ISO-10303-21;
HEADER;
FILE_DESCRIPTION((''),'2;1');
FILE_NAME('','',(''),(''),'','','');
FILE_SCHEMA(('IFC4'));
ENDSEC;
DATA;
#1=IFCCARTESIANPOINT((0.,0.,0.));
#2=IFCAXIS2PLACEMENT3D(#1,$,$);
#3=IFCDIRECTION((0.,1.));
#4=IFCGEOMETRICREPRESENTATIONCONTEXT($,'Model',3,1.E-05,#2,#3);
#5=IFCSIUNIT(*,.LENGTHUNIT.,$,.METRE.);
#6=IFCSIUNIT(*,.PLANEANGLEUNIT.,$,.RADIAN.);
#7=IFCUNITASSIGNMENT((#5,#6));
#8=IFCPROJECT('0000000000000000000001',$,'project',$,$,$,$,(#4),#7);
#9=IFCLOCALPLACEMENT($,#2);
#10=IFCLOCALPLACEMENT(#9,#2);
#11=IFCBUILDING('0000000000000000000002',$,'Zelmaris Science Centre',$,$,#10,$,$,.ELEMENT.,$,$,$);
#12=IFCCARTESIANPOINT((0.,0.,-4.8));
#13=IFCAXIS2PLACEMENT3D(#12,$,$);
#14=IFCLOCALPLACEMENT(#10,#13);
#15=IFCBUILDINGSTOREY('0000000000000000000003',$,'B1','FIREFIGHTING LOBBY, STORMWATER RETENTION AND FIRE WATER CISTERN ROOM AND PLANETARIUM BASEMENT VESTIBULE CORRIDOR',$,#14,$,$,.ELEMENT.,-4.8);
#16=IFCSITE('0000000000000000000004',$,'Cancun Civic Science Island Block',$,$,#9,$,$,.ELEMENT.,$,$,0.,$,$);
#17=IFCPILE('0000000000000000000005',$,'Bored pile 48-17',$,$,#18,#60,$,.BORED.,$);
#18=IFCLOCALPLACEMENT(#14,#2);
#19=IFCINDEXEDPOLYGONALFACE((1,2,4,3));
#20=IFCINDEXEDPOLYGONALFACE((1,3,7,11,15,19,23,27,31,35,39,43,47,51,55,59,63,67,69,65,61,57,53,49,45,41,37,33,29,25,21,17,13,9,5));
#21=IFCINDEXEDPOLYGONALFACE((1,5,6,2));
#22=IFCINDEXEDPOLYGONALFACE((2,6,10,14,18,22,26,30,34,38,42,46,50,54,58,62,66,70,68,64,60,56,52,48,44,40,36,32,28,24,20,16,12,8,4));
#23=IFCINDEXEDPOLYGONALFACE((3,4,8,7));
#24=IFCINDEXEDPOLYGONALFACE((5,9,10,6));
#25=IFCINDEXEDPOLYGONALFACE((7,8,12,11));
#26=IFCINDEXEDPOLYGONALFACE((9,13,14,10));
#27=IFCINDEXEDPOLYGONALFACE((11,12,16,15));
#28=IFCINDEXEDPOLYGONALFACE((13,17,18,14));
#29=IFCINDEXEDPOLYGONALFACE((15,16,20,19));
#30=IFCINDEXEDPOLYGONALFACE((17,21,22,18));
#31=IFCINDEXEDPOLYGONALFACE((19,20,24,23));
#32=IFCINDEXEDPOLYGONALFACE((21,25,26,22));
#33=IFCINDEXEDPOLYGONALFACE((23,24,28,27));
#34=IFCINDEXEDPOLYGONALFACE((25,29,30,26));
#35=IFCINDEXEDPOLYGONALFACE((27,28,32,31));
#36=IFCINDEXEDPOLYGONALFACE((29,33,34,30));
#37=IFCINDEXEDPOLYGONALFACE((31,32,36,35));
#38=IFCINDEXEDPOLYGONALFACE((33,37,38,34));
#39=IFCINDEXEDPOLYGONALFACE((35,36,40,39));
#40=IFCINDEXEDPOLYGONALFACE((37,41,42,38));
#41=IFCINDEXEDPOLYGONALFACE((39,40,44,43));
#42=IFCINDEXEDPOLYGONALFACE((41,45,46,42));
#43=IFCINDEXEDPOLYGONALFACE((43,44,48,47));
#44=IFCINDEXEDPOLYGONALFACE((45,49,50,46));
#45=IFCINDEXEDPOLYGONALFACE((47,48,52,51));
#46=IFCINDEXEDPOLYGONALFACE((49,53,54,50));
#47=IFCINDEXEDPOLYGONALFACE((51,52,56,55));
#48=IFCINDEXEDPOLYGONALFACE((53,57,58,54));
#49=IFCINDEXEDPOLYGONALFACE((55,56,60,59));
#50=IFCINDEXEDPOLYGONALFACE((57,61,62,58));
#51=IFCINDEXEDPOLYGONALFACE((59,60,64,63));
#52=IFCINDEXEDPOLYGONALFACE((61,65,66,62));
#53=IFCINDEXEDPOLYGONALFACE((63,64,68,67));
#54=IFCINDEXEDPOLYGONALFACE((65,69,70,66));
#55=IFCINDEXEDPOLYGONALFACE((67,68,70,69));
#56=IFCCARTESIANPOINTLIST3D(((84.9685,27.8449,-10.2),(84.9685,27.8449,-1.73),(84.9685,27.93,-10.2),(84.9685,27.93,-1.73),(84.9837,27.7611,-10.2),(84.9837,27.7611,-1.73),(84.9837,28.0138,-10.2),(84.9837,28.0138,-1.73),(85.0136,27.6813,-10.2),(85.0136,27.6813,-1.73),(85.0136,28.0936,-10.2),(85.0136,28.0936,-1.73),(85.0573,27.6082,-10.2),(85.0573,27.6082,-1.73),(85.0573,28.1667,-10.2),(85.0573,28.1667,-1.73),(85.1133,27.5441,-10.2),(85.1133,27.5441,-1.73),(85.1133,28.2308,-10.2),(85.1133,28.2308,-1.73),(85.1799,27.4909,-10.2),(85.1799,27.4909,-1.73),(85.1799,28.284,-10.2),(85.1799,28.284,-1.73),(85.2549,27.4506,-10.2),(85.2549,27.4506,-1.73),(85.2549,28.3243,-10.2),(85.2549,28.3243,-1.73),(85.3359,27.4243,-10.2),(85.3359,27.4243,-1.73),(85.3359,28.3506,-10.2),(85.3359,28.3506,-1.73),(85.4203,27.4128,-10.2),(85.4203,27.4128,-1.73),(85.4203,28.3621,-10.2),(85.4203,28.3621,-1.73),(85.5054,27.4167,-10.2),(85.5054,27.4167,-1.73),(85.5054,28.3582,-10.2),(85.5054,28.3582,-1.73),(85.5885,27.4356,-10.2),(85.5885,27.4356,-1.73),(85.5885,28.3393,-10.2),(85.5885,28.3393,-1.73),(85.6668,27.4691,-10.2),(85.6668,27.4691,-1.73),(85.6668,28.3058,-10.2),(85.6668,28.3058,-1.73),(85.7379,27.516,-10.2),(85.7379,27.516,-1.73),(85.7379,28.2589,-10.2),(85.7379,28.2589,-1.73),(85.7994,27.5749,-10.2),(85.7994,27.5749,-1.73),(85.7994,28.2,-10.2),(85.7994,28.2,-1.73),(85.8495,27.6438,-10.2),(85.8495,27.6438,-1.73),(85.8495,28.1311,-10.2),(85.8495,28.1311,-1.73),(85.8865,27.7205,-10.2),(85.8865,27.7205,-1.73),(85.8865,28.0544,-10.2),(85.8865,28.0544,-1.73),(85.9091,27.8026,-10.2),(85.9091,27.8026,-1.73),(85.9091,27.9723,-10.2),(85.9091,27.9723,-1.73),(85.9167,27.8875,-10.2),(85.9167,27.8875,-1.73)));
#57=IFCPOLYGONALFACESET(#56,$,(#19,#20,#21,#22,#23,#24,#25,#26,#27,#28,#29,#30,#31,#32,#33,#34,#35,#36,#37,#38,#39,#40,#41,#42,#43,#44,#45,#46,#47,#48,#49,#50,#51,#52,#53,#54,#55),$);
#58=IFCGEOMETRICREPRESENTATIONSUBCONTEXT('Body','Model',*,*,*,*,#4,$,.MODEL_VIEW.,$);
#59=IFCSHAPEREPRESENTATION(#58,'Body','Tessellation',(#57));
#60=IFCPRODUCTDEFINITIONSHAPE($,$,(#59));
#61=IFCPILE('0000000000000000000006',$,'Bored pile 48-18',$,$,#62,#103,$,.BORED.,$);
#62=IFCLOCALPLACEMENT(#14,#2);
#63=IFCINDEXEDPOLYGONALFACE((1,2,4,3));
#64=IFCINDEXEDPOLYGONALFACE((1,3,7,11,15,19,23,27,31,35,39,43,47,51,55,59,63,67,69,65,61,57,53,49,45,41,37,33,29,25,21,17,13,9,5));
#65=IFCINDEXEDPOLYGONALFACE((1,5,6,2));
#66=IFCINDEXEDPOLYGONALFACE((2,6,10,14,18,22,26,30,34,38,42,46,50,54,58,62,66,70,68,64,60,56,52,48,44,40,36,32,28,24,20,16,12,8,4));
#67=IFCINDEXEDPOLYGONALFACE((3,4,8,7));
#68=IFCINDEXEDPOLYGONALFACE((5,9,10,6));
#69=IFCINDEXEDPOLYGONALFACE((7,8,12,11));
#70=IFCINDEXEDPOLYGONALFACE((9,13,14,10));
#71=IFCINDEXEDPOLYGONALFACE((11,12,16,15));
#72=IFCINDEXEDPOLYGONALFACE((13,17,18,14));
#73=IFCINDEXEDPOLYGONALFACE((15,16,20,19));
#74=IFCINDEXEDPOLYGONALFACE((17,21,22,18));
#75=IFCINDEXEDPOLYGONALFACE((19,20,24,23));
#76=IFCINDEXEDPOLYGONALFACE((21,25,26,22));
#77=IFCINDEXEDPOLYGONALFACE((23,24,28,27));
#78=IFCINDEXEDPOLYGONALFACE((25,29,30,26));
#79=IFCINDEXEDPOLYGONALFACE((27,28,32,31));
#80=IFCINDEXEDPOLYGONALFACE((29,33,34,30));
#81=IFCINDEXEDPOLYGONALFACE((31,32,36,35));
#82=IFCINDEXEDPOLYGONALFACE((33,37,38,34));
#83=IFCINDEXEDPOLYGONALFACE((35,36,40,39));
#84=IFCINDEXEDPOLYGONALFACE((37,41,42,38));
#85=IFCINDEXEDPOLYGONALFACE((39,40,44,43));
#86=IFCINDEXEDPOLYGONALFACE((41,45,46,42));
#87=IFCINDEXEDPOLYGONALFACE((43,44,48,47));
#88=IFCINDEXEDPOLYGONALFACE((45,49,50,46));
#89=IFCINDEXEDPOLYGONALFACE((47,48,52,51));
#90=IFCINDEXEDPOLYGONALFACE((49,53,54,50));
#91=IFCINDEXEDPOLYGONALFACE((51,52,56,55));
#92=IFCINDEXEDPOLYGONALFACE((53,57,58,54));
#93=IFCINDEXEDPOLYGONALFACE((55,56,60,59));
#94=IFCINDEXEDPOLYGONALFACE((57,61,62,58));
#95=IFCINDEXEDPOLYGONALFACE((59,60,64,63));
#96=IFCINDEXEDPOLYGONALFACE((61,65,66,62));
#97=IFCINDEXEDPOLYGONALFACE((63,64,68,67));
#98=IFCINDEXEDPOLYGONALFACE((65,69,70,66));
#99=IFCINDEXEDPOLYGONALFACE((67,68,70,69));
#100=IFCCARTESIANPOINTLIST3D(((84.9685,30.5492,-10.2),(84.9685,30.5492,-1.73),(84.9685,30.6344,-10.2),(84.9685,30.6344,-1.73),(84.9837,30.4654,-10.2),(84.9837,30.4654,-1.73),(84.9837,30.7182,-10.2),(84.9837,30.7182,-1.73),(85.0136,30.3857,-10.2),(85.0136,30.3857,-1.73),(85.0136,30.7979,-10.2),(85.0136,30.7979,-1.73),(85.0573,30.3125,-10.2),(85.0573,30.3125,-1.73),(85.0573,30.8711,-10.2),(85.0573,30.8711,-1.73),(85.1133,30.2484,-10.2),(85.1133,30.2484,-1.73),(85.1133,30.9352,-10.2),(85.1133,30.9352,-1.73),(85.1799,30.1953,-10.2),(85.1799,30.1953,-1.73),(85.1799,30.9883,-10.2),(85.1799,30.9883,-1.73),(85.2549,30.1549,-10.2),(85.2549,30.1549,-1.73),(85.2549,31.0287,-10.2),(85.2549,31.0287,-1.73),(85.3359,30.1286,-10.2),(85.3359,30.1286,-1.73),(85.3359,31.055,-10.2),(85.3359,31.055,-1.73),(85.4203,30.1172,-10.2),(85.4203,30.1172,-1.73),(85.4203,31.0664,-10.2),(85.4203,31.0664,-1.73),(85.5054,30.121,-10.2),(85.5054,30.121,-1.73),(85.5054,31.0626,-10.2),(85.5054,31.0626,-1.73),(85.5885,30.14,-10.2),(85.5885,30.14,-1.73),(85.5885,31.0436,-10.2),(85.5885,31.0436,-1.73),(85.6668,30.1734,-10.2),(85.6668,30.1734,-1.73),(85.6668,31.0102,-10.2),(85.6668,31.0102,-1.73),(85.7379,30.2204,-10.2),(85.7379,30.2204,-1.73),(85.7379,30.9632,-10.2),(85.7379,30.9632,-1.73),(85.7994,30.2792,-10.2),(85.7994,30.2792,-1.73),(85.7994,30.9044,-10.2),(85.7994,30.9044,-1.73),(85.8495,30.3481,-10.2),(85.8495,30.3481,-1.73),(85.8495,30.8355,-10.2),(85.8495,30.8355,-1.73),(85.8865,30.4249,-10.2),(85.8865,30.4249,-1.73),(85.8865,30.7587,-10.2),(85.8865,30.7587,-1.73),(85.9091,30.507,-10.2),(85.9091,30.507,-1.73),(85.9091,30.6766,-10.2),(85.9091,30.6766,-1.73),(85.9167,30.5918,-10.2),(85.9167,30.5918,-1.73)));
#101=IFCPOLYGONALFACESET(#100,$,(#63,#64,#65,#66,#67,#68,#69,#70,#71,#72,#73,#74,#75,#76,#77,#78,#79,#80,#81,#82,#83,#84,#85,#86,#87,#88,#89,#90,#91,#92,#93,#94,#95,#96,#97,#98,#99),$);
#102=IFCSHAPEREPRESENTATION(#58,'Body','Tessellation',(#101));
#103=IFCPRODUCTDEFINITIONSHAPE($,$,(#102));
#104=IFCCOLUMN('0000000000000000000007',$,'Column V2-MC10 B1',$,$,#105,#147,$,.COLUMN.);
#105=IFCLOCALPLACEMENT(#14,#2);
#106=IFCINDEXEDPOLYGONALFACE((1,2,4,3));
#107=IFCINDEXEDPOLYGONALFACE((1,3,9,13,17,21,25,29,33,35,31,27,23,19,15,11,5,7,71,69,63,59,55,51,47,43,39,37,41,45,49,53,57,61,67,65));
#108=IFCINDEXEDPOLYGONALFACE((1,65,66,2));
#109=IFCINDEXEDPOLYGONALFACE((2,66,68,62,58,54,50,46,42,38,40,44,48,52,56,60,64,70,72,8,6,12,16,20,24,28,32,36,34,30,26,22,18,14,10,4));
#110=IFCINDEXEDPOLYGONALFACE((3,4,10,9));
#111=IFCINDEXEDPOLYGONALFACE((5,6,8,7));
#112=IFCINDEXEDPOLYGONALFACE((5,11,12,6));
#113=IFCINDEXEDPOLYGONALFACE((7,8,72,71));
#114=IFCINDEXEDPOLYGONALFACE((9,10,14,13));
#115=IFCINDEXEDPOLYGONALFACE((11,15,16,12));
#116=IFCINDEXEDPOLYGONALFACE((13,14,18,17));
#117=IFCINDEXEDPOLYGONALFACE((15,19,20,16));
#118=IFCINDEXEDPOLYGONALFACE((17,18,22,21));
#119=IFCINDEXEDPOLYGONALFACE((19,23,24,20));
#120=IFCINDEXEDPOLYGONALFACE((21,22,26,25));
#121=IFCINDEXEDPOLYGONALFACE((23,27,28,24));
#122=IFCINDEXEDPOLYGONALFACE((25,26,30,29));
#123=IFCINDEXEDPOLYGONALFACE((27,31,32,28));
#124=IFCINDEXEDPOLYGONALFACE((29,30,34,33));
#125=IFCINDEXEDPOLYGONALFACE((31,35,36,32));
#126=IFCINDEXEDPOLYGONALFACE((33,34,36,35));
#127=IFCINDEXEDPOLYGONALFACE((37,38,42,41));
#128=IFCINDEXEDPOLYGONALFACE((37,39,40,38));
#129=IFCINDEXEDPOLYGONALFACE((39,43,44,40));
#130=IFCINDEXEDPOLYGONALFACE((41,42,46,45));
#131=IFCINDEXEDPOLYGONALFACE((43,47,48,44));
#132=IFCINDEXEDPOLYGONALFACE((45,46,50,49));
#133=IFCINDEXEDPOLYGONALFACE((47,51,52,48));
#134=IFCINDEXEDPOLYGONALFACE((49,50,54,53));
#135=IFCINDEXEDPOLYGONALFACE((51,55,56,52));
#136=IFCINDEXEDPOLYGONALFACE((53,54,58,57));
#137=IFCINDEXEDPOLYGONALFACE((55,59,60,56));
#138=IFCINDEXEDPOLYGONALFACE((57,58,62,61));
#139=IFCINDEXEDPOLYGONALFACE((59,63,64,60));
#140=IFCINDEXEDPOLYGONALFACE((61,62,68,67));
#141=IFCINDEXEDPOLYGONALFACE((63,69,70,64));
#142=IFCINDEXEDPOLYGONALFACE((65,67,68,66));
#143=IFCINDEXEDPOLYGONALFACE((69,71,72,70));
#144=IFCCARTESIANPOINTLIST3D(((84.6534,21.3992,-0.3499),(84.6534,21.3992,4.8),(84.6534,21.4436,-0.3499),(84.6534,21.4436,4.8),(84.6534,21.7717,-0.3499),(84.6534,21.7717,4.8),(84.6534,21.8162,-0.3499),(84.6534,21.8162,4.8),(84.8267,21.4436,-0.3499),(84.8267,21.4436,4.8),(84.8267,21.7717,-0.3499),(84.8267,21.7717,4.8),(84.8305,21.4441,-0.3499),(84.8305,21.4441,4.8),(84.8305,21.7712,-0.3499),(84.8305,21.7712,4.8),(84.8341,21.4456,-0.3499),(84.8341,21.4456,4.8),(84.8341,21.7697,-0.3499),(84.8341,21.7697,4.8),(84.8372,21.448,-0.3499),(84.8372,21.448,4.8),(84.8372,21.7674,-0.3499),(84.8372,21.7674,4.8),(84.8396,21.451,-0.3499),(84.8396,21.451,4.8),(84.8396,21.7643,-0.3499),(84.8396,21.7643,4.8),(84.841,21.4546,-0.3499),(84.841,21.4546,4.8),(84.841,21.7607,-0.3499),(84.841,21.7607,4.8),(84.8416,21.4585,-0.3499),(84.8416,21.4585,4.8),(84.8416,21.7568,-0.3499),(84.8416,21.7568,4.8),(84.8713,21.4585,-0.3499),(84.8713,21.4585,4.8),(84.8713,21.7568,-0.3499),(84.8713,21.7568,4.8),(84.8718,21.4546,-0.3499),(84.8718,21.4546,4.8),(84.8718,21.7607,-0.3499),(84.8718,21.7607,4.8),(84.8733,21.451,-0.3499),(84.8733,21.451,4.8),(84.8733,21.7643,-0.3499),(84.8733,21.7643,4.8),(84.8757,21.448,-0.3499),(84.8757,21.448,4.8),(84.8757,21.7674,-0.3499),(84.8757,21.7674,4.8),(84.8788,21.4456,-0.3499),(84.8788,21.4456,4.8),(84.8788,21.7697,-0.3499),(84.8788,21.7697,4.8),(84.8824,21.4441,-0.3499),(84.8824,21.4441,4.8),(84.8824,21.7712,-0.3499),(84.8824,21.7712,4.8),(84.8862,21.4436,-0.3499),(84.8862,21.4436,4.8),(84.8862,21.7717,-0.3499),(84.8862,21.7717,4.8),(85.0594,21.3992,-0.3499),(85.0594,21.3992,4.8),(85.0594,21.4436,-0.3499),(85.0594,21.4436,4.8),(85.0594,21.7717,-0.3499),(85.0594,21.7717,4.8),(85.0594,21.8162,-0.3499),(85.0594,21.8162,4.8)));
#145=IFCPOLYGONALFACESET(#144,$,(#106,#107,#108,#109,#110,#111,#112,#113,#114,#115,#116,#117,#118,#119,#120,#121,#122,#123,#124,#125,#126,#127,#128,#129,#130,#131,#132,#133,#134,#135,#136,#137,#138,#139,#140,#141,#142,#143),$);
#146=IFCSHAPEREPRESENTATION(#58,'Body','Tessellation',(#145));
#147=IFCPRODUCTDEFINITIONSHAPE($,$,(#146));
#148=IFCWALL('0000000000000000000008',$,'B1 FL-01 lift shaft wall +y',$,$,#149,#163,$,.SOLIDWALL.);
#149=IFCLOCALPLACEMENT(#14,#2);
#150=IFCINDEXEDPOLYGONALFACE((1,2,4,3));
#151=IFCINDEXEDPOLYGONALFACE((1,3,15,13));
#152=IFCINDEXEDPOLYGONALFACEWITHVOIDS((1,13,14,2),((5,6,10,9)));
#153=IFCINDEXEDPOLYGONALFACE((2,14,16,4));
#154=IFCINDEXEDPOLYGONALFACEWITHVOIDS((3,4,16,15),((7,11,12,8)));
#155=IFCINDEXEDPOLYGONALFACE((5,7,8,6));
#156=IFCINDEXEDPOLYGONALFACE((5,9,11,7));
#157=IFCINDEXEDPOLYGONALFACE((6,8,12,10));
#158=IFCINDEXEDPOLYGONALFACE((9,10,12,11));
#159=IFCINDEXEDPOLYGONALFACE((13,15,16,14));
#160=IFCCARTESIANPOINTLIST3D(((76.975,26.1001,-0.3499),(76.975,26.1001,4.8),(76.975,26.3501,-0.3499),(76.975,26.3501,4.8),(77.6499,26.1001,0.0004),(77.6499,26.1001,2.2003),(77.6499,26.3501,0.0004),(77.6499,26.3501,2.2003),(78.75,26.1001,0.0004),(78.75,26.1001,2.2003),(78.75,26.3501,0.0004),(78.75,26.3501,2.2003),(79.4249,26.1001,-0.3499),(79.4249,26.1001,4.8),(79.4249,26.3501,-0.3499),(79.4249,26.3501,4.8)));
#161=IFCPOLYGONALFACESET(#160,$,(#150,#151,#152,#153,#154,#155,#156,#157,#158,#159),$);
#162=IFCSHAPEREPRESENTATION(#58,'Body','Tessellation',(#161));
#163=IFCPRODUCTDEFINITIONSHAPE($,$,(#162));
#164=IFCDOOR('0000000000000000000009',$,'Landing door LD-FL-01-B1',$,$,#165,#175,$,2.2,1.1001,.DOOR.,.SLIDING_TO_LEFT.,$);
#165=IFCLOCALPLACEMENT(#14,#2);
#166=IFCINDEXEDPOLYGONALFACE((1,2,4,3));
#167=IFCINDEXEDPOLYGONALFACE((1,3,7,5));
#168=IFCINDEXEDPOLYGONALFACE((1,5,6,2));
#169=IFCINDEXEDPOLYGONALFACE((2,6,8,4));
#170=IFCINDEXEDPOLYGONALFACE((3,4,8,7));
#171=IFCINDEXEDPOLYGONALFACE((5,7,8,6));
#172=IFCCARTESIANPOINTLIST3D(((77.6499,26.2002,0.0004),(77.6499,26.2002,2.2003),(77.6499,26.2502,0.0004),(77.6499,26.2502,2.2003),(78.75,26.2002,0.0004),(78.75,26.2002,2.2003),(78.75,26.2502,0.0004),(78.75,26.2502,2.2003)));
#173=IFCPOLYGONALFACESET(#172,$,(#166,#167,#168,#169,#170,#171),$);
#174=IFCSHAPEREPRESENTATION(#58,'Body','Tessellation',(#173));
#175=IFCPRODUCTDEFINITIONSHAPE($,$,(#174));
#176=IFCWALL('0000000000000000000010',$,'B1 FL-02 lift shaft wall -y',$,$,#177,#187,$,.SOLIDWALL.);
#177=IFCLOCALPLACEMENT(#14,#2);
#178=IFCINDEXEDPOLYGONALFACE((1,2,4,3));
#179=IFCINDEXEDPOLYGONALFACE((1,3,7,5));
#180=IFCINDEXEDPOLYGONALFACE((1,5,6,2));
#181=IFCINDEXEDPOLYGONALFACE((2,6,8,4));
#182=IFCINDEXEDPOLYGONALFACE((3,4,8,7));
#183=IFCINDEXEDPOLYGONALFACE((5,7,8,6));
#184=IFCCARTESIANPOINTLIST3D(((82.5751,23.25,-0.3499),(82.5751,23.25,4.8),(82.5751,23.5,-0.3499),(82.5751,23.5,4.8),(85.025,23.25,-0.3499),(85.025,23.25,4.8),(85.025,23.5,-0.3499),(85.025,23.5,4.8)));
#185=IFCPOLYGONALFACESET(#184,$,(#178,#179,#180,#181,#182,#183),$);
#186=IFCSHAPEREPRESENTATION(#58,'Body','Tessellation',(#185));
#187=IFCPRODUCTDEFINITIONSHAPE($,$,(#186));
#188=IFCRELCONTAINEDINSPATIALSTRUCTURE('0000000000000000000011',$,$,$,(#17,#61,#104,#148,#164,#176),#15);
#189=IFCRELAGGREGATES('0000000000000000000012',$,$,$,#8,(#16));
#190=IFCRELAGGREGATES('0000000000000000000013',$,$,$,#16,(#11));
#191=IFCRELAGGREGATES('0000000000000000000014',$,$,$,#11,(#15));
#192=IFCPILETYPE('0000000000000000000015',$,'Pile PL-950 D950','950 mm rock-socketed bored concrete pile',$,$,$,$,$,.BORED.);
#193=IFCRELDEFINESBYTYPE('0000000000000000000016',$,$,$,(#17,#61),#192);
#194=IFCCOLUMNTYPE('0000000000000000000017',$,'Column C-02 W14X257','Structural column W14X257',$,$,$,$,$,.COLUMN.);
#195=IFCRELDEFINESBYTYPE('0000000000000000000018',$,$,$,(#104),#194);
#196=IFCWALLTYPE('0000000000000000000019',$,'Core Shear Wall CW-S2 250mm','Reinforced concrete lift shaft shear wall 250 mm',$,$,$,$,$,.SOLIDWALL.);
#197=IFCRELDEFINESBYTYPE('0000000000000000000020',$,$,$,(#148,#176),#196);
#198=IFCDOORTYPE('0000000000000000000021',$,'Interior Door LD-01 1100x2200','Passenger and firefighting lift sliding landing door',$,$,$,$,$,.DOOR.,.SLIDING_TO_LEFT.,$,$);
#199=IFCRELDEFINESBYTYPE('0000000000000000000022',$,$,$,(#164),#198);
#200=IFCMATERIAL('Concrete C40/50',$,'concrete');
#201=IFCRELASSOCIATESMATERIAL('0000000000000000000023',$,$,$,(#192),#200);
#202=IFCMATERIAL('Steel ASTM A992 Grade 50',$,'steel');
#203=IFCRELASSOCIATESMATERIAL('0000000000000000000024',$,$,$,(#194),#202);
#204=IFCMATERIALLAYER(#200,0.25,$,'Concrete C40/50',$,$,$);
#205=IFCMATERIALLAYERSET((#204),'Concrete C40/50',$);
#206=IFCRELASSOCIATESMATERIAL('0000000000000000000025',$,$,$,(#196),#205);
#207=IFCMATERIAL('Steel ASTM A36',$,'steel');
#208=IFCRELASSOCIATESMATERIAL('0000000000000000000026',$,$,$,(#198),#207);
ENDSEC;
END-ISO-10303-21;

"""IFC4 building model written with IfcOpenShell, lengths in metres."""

from ifc_helpers import new_model, si_unit, direction, frame, frame_2d, origin, origin_2d, place, context, subcontext, project, spatial, rectangle, circle, i_section, extrude, material, layer, layer_set, material_profile, profile_set, type_object, element, fill, save


model = new_model("IFC4")

# Units and contexts
model_context = context("Model", 3, precision=1e-05, world=origin(), true_north=direction((0.0, 1.0)))
body_context = subcontext(model_context, "Body", "Model", "MODEL_VIEW")
ifc_project = project(units=[si_unit("LENGTHUNIT", "METRE"), si_unit("PLANEANGLEUNIT", "RADIAN")], contexts=[model_context])

# Site, building, storey
site_placement = place(None, origin())
site = spatial("IfcSite", under=ifc_project, at=site_placement, Name="Cancun Civic Science Island Block", CompositionType="ELEMENT", RefElevation=0.0)
building_placement = place(site_placement, origin())
building = spatial("IfcBuilding", under=site, at=building_placement, Name="Zelmaris Science Centre", CompositionType="ELEMENT")
storey_placement = place(building_placement, frame((0.0, 0.0, -4.8)))
storey = spatial("IfcBuildingStorey", under=building, at=storey_placement, Name="B1", Description="FIREFIGHTING LOBBY, STORMWATER RETENTION AND FIRE WATER CISTERN ROOM AND PLANETARIUM BASEMENT VESTIBULE CORRIDOR", CompositionType="ELEMENT", Elevation=-4.8)

# Shared definitions
ifc_material_1 = material(Name="Concrete C40/50", Category="concrete")

# Piles
ifc_material_profile_1 = material_profile(ifc_material_1, circle(Radius=0.4751, at=origin_2d()), Name="PILE-950")
ifc_profile_set_1 = profile_set([ifc_material_profile_1], Name="Concrete C40/50")
pile_type = type_object("IfcPileType", Name="Pile PL-950 D950", Description="950 mm rock-socketed bored concrete pile", PredefinedType="BORED", material=ifc_profile_set_1)
for number, where, z_axis, x_axis, name in (
    (1, (85.4417, 27.8875, -1.73), (0.0, 0.0, -1.0), (1.0, 0.0, 0.0), "Bored pile 48-17"),
    (2, (85.4417, 30.5918, -1.73), (0.0, 0.0, -1.0), (1.0, 0.0, 0.0), "Bored pile 48-18"),
):
    element("IfcPile", number, at=place(storey_placement, frame(where, z_axis=z_axis, x_axis=x_axis)), inside=storey, type_object=pile_type, Name=name, PredefinedType="BORED", context=body_context, shape_type="SweptSolid", body=[
        extrude(circle(Radius=0.4751, at=origin_2d()), origin(), (0.0, 0.0, 1.0), 8.47),
    ])

# Column
ifc_material_2 = material(Name="Steel ASTM A992 Grade 50", Category="steel")
ifc_material_profile_2 = material_profile(ifc_material_2, i_section(OverallWidth=0.406, OverallDepth=0.417, WebThickness=0.0298, FlangeThickness=0.0444, FilletRadius=0.0149, at=origin_2d()), Name="W14X257")
ifc_profile_set_2 = profile_set([ifc_material_profile_2], Name="Steel ASTM A992 Grade 50")
column_type = type_object("IfcColumnType", Name="Column C-02 W14X257", Description="Structural column W14X257", PredefinedType="COLUMN", material=ifc_profile_set_2)
column_placement = place(storey_placement, frame((84.8564, 21.6077, -0.3499), z_axis=(0.0, 0.0, 1.0), x_axis=(1.0, 0.0, 0.0)))
element("IfcColumn", 3, at=column_placement, inside=storey, type_object=column_type, Name="Column V2-MC10 B1", PredefinedType="COLUMN", context=body_context, shape_type="SweptSolid", body=[
    extrude(i_section(OverallWidth=0.406, OverallDepth=0.417, WebThickness=0.0298, FlangeThickness=0.0444, FilletRadius=0.0149, at=origin_2d()), origin(), (0.0, 0.0, 1.0), 5.1499),
])

# Wall, opening, door
ifc_layer_1 = layer(ifc_material_1, 0.25, Name="Concrete C40/50")
ifc_layer_set_1 = layer_set([ifc_layer_1], Name="Concrete C40/50")
wall_type_1 = type_object("IfcWallType", Name="Core Shear Wall CW-S2 250mm", Description="Reinforced concrete lift shaft shear wall 250 mm", PredefinedType="SOLIDWALL", material=ifc_layer_set_1)
wall_1_placement = place(storey_placement, frame((79.425, 26.2251, -0.3499), z_axis=(0.0, 0.0, 1.0), x_axis=(-1.0, 0.0, 0.0)))
wall_1 = element("IfcWall", 4, at=wall_1_placement, inside=storey, type_object=wall_type_1, Name="B1 FL-01 lift shaft wall +y", PredefinedType="SOLIDWALL", context=body_context, shape_type="SweptSolid", body=[
    extrude(rectangle(XDim=2.45, YDim=0.25, at=frame_2d((1.2251, 0.0))), origin(), (0.0, 0.0, 1.0), 5.1499),
])
opening_1_placement = place(wall_1_placement, frame((0.675, 0.0, 0.3501)))
opening_1 = element("IfcOpeningElement", 5, at=opening_1_placement, cuts=wall_1, PredefinedType="OPENING", context=body_context, shape_type="SweptSolid", body=[
    extrude(rectangle(XDim=1.1001, YDim=2.2, at=frame_2d((0.55, 1.1001))), frame((0.0, 0.135, 0.0), z_axis=(0.0, -1.0, 0.0), x_axis=(1.0, 0.0, 0.0)), (0.0, 0.0, 1.0), 0.27),
])
ifc_material_3 = material(Name="Steel ASTM A36", Category="steel")
door_type_1 = type_object("IfcDoorType", Name="Interior Door LD-01 1100x2200", Description="Passenger and firefighting lift sliding landing door", OperationType="SLIDING_TO_LEFT", PredefinedType="DOOR", material=ifc_material_3)
door_1_placement = place(opening_1_placement, origin())
door_1 = element("IfcDoor", 6, at=door_1_placement, inside=storey, type_object=door_type_1, Name="Landing door LD-FL-01-B1", OperationType="SLIDING_TO_LEFT", OverallHeight=2.2, OverallWidth=1.1001, PredefinedType="DOOR", context=body_context, shape_type="SweptSolid", body=[
    extrude(rectangle(XDim=1.1001, YDim=2.2, at=frame_2d((0.55, 1.1001))), frame((0.0, 0.0249, 0.0), z_axis=(0.0, -1.0, 0.0), x_axis=(1.0, 0.0, 0.0)), (0.0, 0.0, 1.0), 0.05),
])
fill(opening_1, door_1)

# Wall
wall_2_placement = place(storey_placement, frame((82.575, 23.375, -0.3499), z_axis=(0.0, 0.0, 1.0), x_axis=(1.0, 0.0, 0.0)))
element("IfcWall", 7, at=wall_2_placement, inside=storey, type_object=wall_type_1, Name="B1 FL-02 lift shaft wall -y", PredefinedType="SOLIDWALL", context=body_context, shape_type="SweptSolid", body=[
    extrude(rectangle(XDim=2.45, YDim=0.25, at=frame_2d((1.2251, 0.0))), origin(), (0.0, 0.0, 1.0), 5.1499),
])

save(model, "model.ifc")
